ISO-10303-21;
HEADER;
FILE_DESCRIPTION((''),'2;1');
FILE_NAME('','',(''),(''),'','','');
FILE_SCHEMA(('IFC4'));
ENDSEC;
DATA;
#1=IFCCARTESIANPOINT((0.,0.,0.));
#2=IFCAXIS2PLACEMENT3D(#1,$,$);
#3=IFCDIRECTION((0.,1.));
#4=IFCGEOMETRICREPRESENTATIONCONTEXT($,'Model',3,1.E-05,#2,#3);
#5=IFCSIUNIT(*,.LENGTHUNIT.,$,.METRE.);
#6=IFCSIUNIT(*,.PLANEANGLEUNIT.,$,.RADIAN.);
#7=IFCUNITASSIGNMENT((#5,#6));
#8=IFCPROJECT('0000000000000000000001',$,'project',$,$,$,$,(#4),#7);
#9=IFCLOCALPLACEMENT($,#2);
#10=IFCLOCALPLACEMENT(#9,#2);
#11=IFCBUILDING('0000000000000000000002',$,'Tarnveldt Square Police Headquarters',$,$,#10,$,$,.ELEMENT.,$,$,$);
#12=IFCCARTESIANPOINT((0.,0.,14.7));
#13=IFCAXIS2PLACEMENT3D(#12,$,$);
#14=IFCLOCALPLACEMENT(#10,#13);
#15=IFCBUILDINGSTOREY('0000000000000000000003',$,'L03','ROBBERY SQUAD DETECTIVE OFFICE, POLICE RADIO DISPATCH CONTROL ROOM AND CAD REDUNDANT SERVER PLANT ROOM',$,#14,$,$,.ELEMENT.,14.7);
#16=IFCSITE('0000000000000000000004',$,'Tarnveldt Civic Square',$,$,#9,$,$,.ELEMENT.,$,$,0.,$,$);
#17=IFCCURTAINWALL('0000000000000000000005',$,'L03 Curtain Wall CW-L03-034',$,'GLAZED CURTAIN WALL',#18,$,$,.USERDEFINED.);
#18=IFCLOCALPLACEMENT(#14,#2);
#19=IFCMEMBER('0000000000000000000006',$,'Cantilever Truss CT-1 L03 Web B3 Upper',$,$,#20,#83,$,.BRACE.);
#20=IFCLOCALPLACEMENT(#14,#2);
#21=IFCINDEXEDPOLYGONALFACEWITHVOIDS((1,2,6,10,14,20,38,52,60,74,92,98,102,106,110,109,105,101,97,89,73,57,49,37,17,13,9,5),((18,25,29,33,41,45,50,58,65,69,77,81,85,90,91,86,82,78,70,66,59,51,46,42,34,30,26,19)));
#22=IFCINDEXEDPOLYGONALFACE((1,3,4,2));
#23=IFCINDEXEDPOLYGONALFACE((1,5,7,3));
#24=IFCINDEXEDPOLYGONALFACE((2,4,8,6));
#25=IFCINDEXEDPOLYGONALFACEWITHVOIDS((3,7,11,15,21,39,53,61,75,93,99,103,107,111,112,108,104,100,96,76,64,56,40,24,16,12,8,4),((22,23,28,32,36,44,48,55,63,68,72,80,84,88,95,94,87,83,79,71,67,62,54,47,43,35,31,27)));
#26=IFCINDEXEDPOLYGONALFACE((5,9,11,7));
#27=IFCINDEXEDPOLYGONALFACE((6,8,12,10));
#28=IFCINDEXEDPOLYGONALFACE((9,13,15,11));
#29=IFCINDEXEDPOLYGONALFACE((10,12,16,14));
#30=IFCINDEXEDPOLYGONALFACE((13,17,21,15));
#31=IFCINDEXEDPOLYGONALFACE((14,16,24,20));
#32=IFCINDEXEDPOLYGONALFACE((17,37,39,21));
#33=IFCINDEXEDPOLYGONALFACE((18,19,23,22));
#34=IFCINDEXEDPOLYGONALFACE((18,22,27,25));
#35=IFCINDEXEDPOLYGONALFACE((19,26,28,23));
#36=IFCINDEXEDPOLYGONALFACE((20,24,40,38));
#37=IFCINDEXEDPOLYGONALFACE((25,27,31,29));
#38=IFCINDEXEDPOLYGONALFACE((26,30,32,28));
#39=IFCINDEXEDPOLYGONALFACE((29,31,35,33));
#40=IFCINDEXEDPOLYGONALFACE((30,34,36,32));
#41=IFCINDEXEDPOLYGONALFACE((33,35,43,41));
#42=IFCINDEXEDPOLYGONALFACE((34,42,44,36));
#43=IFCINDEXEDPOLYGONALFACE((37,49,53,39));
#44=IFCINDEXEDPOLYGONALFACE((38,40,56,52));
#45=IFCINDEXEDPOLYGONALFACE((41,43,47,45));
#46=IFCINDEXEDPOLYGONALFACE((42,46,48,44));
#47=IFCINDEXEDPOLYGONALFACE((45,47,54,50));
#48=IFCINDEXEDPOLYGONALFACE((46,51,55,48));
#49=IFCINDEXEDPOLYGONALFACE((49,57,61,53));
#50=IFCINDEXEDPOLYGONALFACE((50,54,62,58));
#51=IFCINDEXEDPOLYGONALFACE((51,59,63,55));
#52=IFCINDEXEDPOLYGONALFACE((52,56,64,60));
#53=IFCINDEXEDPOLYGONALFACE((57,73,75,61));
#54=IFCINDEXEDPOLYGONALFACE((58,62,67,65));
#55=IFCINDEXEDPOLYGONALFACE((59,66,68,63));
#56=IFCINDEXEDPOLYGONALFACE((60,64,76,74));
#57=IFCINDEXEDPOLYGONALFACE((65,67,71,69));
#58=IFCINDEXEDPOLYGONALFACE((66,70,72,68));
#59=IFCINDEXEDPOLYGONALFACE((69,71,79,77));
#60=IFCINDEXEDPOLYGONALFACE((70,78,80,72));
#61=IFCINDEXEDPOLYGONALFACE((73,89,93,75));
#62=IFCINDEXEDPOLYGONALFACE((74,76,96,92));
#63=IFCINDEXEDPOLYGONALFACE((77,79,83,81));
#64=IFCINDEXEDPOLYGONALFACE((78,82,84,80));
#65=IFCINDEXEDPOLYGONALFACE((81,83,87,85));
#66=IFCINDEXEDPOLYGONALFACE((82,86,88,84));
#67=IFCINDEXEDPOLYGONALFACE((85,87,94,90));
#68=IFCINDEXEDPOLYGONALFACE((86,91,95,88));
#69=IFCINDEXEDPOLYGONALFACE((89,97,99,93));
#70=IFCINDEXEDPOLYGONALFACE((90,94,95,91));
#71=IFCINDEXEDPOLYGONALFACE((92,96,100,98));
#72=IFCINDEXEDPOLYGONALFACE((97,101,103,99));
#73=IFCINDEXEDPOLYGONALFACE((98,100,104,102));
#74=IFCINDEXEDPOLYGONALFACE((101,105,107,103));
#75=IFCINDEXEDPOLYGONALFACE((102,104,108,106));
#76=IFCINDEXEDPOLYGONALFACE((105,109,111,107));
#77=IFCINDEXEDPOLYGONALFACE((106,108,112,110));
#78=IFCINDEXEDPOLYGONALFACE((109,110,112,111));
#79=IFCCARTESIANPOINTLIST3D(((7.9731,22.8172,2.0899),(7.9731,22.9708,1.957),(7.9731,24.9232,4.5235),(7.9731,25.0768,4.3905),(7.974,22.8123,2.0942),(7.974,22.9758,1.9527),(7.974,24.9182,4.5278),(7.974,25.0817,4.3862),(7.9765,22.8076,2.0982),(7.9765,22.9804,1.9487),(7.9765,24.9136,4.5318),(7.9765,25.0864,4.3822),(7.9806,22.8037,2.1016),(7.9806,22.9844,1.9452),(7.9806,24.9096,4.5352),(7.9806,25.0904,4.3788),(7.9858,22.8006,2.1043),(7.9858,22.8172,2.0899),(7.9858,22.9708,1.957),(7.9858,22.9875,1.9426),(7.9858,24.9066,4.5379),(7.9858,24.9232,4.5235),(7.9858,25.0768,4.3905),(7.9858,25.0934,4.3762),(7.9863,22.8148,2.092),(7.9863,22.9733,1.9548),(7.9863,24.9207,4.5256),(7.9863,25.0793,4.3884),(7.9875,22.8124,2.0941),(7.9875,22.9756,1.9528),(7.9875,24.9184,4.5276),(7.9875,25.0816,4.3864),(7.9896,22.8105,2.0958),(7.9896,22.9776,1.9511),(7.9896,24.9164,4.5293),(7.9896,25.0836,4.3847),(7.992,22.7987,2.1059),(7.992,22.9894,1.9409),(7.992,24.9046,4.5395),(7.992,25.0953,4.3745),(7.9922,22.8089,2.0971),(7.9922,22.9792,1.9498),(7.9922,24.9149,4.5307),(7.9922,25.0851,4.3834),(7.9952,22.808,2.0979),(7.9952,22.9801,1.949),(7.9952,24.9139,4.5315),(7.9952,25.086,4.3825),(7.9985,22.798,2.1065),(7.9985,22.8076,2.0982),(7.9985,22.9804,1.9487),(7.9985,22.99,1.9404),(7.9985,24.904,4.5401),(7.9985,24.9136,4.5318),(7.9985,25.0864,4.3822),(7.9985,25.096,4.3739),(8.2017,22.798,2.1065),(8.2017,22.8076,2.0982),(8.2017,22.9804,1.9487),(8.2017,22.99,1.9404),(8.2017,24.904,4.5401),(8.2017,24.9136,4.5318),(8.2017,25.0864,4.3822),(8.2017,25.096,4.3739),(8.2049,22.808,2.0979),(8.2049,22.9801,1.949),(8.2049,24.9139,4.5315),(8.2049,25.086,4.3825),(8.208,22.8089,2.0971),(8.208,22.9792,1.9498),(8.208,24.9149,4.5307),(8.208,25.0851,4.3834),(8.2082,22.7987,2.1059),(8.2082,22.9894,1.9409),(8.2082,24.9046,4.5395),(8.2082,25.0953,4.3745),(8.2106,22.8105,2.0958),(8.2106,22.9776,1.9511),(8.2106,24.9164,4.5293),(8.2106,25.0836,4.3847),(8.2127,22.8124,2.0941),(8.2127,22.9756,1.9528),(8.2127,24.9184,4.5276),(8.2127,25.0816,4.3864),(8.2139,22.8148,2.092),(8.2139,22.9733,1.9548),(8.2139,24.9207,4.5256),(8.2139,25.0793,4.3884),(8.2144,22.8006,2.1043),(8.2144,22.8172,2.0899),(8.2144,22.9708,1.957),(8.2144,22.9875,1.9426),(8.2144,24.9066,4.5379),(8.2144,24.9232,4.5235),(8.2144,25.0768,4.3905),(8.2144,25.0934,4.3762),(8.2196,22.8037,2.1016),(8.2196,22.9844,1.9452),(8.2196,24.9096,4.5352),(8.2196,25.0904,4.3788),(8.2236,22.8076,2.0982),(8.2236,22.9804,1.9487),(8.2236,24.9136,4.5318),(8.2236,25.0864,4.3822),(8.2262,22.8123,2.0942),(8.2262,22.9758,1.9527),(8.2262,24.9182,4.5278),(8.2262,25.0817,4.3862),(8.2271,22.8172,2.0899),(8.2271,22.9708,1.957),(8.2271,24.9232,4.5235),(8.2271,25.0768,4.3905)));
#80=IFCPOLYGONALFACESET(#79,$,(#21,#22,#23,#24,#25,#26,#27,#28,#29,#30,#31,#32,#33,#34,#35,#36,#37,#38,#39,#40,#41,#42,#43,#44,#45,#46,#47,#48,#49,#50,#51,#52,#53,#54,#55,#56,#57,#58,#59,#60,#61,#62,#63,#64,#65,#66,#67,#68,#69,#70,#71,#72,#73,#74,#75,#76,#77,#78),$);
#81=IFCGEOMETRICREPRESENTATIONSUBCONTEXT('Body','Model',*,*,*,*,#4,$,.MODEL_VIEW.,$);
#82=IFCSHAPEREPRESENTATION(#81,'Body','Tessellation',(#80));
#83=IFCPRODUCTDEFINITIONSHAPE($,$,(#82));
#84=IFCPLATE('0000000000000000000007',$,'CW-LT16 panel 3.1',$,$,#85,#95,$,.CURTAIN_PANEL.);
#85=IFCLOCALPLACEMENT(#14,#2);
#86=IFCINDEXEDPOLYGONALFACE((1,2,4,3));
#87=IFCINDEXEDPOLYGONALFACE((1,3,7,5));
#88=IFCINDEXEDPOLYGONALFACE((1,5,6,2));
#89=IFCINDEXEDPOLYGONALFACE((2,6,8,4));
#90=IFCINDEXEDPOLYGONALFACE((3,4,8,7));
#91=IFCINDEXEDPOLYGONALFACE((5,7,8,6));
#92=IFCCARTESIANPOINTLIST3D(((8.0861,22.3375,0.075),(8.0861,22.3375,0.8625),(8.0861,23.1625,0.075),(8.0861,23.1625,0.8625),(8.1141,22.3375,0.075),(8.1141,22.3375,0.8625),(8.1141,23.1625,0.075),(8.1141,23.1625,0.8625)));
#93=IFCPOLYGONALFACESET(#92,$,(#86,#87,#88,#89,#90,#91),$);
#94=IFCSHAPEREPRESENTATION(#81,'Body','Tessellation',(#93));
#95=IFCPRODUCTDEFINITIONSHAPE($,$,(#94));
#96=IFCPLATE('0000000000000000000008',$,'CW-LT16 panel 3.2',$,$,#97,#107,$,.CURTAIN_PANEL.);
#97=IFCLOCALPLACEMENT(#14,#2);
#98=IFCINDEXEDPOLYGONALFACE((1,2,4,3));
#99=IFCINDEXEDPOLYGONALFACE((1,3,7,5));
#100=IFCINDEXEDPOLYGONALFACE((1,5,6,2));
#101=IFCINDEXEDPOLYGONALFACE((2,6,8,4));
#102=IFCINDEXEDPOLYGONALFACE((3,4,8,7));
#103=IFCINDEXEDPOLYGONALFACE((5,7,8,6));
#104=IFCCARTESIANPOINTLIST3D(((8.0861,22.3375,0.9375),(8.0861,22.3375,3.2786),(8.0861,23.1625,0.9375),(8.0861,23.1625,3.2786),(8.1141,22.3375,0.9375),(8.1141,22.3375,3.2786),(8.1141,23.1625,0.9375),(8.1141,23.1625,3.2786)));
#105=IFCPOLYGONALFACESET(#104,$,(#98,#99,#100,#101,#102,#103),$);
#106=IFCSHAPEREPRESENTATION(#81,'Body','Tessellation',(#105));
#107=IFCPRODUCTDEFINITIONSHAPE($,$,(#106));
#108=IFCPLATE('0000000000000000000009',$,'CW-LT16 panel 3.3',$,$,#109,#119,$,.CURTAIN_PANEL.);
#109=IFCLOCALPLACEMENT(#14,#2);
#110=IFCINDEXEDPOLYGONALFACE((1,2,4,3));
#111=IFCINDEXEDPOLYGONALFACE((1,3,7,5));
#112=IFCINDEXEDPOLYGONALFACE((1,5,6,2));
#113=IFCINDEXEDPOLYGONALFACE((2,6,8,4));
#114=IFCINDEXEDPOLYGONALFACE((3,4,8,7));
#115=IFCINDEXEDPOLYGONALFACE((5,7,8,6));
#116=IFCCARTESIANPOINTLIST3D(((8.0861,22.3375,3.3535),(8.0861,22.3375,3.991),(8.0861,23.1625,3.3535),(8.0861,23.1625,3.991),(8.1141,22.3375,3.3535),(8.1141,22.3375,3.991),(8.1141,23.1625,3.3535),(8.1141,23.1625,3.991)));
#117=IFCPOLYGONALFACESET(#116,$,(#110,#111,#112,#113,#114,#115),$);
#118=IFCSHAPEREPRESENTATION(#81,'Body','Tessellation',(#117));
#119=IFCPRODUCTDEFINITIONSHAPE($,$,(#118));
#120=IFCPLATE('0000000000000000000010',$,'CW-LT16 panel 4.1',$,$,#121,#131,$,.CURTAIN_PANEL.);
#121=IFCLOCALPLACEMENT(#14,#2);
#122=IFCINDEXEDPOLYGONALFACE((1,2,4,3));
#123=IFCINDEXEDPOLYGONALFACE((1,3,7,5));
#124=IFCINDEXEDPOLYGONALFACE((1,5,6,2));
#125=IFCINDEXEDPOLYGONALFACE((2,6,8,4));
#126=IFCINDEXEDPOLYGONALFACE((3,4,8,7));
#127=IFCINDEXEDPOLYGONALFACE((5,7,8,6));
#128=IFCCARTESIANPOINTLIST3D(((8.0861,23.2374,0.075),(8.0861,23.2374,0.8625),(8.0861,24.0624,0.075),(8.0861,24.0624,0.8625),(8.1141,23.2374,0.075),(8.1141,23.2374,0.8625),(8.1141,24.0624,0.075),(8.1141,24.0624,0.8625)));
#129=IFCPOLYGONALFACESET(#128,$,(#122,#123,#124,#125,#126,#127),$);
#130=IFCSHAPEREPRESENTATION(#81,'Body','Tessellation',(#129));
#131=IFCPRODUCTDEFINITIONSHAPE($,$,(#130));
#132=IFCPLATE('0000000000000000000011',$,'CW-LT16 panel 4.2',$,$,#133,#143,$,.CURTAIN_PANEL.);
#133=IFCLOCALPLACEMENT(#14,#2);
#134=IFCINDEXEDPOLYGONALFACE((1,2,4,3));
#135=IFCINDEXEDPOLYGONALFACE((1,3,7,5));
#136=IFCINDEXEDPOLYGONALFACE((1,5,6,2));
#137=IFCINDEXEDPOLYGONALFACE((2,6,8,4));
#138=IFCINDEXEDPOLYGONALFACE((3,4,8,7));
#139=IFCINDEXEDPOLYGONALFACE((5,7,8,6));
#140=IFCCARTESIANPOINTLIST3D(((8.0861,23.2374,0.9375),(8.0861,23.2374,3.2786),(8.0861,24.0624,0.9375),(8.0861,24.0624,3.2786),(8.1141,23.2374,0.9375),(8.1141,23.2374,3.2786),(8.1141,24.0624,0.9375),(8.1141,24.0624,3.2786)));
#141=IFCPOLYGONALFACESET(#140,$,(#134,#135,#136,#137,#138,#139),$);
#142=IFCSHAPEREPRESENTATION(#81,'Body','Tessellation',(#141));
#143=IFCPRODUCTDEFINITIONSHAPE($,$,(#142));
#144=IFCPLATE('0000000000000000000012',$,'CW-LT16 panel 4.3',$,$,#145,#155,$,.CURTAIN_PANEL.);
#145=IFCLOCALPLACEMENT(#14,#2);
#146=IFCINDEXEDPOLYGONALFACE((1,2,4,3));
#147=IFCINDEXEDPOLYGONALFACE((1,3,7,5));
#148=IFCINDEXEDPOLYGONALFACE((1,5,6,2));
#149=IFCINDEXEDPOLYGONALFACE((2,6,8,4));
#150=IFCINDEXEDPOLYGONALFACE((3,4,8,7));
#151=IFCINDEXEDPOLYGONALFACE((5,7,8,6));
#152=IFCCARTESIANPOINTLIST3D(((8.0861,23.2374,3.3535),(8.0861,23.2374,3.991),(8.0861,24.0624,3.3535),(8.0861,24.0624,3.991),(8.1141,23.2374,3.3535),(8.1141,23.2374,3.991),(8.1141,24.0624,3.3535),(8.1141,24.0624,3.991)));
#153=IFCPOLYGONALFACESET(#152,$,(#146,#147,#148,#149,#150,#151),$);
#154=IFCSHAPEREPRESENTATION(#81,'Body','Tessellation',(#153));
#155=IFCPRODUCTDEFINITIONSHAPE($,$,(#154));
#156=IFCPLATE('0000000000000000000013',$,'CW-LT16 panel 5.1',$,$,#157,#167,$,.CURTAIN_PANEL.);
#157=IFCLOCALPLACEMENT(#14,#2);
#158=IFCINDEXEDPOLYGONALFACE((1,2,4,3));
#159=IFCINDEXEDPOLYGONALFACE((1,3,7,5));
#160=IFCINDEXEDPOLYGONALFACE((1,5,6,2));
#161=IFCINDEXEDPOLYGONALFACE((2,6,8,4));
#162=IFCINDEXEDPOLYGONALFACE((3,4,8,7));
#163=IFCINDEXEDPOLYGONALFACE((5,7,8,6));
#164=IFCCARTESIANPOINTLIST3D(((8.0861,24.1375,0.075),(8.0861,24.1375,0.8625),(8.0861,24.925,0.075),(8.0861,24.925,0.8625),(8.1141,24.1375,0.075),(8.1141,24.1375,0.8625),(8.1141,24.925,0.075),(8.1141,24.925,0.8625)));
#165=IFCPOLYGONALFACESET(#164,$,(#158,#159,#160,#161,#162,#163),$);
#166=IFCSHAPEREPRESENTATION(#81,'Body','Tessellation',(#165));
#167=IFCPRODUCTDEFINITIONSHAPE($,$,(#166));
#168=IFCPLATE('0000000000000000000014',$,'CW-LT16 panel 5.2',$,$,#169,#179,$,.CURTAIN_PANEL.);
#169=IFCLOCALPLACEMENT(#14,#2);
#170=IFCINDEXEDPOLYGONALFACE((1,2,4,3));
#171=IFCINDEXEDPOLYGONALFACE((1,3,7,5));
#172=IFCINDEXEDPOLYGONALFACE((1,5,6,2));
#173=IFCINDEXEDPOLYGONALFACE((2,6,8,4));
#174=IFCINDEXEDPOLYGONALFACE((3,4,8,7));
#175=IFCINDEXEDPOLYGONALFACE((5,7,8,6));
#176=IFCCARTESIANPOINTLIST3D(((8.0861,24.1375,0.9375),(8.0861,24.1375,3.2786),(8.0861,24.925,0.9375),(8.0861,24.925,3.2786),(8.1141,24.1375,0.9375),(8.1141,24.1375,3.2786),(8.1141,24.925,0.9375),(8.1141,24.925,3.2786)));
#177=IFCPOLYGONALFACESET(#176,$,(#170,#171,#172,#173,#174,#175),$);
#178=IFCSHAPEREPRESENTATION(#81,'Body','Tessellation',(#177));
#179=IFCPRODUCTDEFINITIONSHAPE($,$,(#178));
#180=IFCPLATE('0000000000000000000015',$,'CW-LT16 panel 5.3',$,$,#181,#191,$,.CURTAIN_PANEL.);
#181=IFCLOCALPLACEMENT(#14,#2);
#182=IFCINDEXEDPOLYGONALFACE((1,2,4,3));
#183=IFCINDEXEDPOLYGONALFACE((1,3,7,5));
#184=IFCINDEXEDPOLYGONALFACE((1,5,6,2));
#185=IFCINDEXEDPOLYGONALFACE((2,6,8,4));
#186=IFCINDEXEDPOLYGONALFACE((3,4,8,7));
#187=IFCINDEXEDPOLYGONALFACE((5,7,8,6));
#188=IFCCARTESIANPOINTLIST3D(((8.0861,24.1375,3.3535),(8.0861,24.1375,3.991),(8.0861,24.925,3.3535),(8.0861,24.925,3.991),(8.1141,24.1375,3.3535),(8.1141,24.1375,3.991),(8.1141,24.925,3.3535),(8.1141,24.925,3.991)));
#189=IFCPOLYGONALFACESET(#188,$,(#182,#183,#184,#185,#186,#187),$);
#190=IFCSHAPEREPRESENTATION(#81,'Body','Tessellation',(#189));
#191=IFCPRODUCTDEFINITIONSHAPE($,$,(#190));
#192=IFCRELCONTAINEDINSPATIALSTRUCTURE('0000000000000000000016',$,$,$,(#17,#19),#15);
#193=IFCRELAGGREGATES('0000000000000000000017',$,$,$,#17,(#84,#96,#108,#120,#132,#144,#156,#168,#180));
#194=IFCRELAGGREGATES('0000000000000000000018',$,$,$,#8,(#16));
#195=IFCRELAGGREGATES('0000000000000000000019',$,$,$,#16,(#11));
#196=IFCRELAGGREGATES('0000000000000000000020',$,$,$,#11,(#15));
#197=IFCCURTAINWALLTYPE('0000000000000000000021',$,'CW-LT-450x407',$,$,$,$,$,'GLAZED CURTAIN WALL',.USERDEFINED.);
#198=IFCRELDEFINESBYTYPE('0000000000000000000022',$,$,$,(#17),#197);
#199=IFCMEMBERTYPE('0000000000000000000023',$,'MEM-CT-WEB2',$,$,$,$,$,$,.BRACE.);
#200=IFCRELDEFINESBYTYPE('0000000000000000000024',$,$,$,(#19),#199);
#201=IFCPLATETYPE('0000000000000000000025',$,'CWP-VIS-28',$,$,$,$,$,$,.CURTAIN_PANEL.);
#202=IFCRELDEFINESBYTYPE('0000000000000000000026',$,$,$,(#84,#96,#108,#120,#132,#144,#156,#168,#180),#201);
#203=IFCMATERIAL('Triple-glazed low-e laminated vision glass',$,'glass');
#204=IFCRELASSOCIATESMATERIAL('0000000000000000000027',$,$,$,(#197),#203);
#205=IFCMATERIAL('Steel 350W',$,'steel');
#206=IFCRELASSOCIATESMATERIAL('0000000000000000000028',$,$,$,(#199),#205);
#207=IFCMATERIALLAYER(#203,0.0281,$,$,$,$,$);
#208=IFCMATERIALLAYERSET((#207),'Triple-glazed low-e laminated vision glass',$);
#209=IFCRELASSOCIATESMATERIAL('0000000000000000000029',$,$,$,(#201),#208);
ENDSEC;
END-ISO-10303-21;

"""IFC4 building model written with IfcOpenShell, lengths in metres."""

from ifc_helpers import new_model, si_unit, direction, frame, origin, origin_2d, place, context, subcontext, project, spatial, rectangle, hollow_rectangle, extrude, material, layer, layer_set, material_profile, profile_set, type_object, element, aggregate, save


model = new_model("IFC4")

# Units and contexts
model_context = context("Model", 3, precision=1e-05, world=origin(), true_north=direction((0.0, 1.0)))
body_context = subcontext(model_context, "Body", "Model", "MODEL_VIEW")
ifc_project = project(units=[si_unit("LENGTHUNIT", "METRE"), si_unit("PLANEANGLEUNIT", "RADIAN")], contexts=[model_context])

# Site, building, storey
site_placement = place(None, origin())
site = spatial("IfcSite", under=ifc_project, at=site_placement, Name="Tarnveldt Civic Square", CompositionType="ELEMENT", RefElevation=0.0)
building_placement = place(site_placement, origin())
building = spatial("IfcBuilding", under=site, at=building_placement, Name="Tarnveldt Square Police Headquarters", CompositionType="ELEMENT")
storey_placement = place(building_placement, frame((0.0, 0.0, 14.7)))
storey = spatial("IfcBuildingStorey", under=building, at=storey_placement, Name="L03", Description="ROBBERY SQUAD DETECTIVE OFFICE, POLICE RADIO DISPATCH CONTROL ROOM AND CAD REDUNDANT SERVER PLANT ROOM", CompositionType="ELEMENT", Elevation=14.7)

# Shared definitions
ifc_material_1 = material(Name="Steel 350W", Category="steel")

# Curtain wall
ifc_material_2 = material(Name="Triple-glazed low-e laminated vision glass", Category="glass")
curtain_wall_type = type_object("IfcCurtainWallType", Name="CW-LT-450x407", ElementType="GLAZED CURTAIN WALL", PredefinedType="USERDEFINED", material=ifc_material_2)
curtain_wall_1_placement = place(storey_placement, origin())
curtain_wall_1 = element("IfcCurtainWall", 1, at=curtain_wall_1_placement, inside=storey, type_object=curtain_wall_type, Name="L03 Curtain Wall CW-L03-034", ObjectType="GLAZED CURTAIN WALL", PredefinedType="USERDEFINED")

# Member
ifc_material_profile_1 = material_profile(ifc_material_1, hollow_rectangle(XDim=0.2539, YDim=0.2539, WallThickness=0.0127, InnerFilletRadius=0.0127, OuterFilletRadius=0.0254, at=origin_2d()), Name="HSS254x254x13")
ifc_profile_set_1 = profile_set([ifc_material_profile_1], Name="Steel 350W")
member_type_1 = type_object("IfcMemberType", Name="MEM-CT-WEB2", PredefinedType="BRACE", material=ifc_profile_set_1)
member_1_placement = place(storey_placement, frame((8.1001, 22.894, 2.0234), z_axis=(0.0, 0.65437, 0.756174), x_axis=(-1.0, 0.0, 0.0)))
element("IfcMember", 2, at=member_1_placement, inside=storey, type_object=member_type_1, Name="Cantilever Truss CT-1 L03 Web B3 Upper", PredefinedType="BRACE", context=body_context, shape_type="SweptSolid", body=[
    extrude(hollow_rectangle(XDim=0.2539, YDim=0.2539, WallThickness=0.0127, InnerFilletRadius=0.0127, OuterFilletRadius=0.0254, at=origin_2d()), origin(), (0.0, 0.0, 1.0), 3.2183),
])

# Plates
ifc_layer_1 = layer(ifc_material_2, 0.0281)
ifc_layer_set_1 = layer_set([ifc_layer_1], Name="Triple-glazed low-e laminated vision glass")
plate_type_1 = type_object("IfcPlateType", Name="CWP-VIS-28", PredefinedType="CURTAIN_PANEL", material=ifc_layer_set_1)
plate_1_placement = place(storey_placement, frame((8.1001, 22.75, 0.075), z_axis=(0.0, 0.0, 1.0), x_axis=(0.0, 1.0, 0.0)))
plate_1 = element("IfcPlate", 3, at=plate_1_placement, type_object=plate_type_1, Name="CW-LT16 panel 3.1", PredefinedType="CURTAIN_PANEL", context=body_context, shape_type="SweptSolid", body=[
    extrude(rectangle(XDim=0.825, YDim=0.0281, at=origin_2d()), origin(), (0.0, 0.0, 1.0), 0.7876),
])
plate_2_placement = place(storey_placement, frame((8.1001, 22.75, 0.9375), z_axis=(0.0, 0.0, 1.0), x_axis=(0.0, 1.0, 0.0)))
plate_2 = element("IfcPlate", 4, at=plate_2_placement, type_object=plate_type_1, Name="CW-LT16 panel 3.2", PredefinedType="CURTAIN_PANEL", context=body_context, shape_type="SweptSolid", body=[
    extrude(rectangle(XDim=0.825, YDim=0.0281, at=origin_2d()), origin(), (0.0, 0.0, 1.0), 2.3411),
])
plate_3_placement = place(storey_placement, frame((8.1001, 22.75, 3.3535), z_axis=(0.0, 0.0, 1.0), x_axis=(0.0, 1.0, 0.0)))
plate_3 = element("IfcPlate", 5, at=plate_3_placement, type_object=plate_type_1, Name="CW-LT16 panel 3.3", PredefinedType="CURTAIN_PANEL", context=body_context, shape_type="SweptSolid", body=[
    extrude(rectangle(XDim=0.825, YDim=0.0281, at=origin_2d()), origin(), (0.0, 0.0, 1.0), 0.6375),
])
plate_4_placement = place(storey_placement, frame((8.1001, 23.6499, 0.075), z_axis=(0.0, 0.0, 1.0), x_axis=(0.0, 1.0, 0.0)))
plate_4 = element("IfcPlate", 6, at=plate_4_placement, type_object=plate_type_1, Name="CW-LT16 panel 4.1", PredefinedType="CURTAIN_PANEL", context=body_context, shape_type="SweptSolid", body=[
    extrude(rectangle(XDim=0.825, YDim=0.0281, at=origin_2d()), origin(), (0.0, 0.0, 1.0), 0.7876),
])
plate_5_placement = place(storey_placement, frame((8.1001, 23.6499, 0.9375), z_axis=(0.0, 0.0, 1.0), x_axis=(0.0, 1.0, 0.0)))
plate_5 = element("IfcPlate", 7, at=plate_5_placement, type_object=plate_type_1, Name="CW-LT16 panel 4.2", PredefinedType="CURTAIN_PANEL", context=body_context, shape_type="SweptSolid", body=[
    extrude(rectangle(XDim=0.825, YDim=0.0281, at=origin_2d()), origin(), (0.0, 0.0, 1.0), 2.3411),
])
plate_6_placement = place(storey_placement, frame((8.1001, 23.6499, 3.3535), z_axis=(0.0, 0.0, 1.0), x_axis=(0.0, 1.0, 0.0)))
plate_6 = element("IfcPlate", 8, at=plate_6_placement, type_object=plate_type_1, Name="CW-LT16 panel 4.3", PredefinedType="CURTAIN_PANEL", context=body_context, shape_type="SweptSolid", body=[
    extrude(rectangle(XDim=0.825, YDim=0.0281, at=origin_2d()), origin(), (0.0, 0.0, 1.0), 0.6375),
])
plate_7_placement = place(storey_placement, frame((8.1001, 24.5312, 0.075), z_axis=(0.0, 0.0, 1.0), x_axis=(0.0, 1.0, 0.0)))
plate_7 = element("IfcPlate", 9, at=plate_7_placement, type_object=plate_type_1, Name="CW-LT16 panel 5.1", PredefinedType="CURTAIN_PANEL", context=body_context, shape_type="SweptSolid", body=[
    extrude(rectangle(XDim=0.7876, YDim=0.0281, at=origin_2d()), origin(), (0.0, 0.0, 1.0), 0.7876),
])
plate_8_placement = place(storey_placement, frame((8.1001, 24.5312, 0.9375), z_axis=(0.0, 0.0, 1.0), x_axis=(0.0, 1.0, 0.0)))
plate_8 = element("IfcPlate", 10, at=plate_8_placement, type_object=plate_type_1, Name="CW-LT16 panel 5.2", PredefinedType="CURTAIN_PANEL", context=body_context, shape_type="SweptSolid", body=[
    extrude(rectangle(XDim=0.7876, YDim=0.0281, at=origin_2d()), origin(), (0.0, 0.0, 1.0), 2.3411),
])
plate_9_placement = place(storey_placement, frame((8.1001, 24.5312, 3.3535), z_axis=(0.0, 0.0, 1.0), x_axis=(0.0, 1.0, 0.0)))
plate_9 = element("IfcPlate", 11, at=plate_9_placement, type_object=plate_type_1, Name="CW-LT16 panel 5.3", PredefinedType="CURTAIN_PANEL", context=body_context, shape_type="SweptSolid", body=[
    extrude(rectangle(XDim=0.7876, YDim=0.0281, at=origin_2d()), origin(), (0.0, 0.0, 1.0), 0.6375),
])
aggregate(curtain_wall_1, [plate_1, plate_2, plate_3, plate_4, plate_5, plate_6, plate_7, plate_8, plate_9])

save(model, "model.ifc")
